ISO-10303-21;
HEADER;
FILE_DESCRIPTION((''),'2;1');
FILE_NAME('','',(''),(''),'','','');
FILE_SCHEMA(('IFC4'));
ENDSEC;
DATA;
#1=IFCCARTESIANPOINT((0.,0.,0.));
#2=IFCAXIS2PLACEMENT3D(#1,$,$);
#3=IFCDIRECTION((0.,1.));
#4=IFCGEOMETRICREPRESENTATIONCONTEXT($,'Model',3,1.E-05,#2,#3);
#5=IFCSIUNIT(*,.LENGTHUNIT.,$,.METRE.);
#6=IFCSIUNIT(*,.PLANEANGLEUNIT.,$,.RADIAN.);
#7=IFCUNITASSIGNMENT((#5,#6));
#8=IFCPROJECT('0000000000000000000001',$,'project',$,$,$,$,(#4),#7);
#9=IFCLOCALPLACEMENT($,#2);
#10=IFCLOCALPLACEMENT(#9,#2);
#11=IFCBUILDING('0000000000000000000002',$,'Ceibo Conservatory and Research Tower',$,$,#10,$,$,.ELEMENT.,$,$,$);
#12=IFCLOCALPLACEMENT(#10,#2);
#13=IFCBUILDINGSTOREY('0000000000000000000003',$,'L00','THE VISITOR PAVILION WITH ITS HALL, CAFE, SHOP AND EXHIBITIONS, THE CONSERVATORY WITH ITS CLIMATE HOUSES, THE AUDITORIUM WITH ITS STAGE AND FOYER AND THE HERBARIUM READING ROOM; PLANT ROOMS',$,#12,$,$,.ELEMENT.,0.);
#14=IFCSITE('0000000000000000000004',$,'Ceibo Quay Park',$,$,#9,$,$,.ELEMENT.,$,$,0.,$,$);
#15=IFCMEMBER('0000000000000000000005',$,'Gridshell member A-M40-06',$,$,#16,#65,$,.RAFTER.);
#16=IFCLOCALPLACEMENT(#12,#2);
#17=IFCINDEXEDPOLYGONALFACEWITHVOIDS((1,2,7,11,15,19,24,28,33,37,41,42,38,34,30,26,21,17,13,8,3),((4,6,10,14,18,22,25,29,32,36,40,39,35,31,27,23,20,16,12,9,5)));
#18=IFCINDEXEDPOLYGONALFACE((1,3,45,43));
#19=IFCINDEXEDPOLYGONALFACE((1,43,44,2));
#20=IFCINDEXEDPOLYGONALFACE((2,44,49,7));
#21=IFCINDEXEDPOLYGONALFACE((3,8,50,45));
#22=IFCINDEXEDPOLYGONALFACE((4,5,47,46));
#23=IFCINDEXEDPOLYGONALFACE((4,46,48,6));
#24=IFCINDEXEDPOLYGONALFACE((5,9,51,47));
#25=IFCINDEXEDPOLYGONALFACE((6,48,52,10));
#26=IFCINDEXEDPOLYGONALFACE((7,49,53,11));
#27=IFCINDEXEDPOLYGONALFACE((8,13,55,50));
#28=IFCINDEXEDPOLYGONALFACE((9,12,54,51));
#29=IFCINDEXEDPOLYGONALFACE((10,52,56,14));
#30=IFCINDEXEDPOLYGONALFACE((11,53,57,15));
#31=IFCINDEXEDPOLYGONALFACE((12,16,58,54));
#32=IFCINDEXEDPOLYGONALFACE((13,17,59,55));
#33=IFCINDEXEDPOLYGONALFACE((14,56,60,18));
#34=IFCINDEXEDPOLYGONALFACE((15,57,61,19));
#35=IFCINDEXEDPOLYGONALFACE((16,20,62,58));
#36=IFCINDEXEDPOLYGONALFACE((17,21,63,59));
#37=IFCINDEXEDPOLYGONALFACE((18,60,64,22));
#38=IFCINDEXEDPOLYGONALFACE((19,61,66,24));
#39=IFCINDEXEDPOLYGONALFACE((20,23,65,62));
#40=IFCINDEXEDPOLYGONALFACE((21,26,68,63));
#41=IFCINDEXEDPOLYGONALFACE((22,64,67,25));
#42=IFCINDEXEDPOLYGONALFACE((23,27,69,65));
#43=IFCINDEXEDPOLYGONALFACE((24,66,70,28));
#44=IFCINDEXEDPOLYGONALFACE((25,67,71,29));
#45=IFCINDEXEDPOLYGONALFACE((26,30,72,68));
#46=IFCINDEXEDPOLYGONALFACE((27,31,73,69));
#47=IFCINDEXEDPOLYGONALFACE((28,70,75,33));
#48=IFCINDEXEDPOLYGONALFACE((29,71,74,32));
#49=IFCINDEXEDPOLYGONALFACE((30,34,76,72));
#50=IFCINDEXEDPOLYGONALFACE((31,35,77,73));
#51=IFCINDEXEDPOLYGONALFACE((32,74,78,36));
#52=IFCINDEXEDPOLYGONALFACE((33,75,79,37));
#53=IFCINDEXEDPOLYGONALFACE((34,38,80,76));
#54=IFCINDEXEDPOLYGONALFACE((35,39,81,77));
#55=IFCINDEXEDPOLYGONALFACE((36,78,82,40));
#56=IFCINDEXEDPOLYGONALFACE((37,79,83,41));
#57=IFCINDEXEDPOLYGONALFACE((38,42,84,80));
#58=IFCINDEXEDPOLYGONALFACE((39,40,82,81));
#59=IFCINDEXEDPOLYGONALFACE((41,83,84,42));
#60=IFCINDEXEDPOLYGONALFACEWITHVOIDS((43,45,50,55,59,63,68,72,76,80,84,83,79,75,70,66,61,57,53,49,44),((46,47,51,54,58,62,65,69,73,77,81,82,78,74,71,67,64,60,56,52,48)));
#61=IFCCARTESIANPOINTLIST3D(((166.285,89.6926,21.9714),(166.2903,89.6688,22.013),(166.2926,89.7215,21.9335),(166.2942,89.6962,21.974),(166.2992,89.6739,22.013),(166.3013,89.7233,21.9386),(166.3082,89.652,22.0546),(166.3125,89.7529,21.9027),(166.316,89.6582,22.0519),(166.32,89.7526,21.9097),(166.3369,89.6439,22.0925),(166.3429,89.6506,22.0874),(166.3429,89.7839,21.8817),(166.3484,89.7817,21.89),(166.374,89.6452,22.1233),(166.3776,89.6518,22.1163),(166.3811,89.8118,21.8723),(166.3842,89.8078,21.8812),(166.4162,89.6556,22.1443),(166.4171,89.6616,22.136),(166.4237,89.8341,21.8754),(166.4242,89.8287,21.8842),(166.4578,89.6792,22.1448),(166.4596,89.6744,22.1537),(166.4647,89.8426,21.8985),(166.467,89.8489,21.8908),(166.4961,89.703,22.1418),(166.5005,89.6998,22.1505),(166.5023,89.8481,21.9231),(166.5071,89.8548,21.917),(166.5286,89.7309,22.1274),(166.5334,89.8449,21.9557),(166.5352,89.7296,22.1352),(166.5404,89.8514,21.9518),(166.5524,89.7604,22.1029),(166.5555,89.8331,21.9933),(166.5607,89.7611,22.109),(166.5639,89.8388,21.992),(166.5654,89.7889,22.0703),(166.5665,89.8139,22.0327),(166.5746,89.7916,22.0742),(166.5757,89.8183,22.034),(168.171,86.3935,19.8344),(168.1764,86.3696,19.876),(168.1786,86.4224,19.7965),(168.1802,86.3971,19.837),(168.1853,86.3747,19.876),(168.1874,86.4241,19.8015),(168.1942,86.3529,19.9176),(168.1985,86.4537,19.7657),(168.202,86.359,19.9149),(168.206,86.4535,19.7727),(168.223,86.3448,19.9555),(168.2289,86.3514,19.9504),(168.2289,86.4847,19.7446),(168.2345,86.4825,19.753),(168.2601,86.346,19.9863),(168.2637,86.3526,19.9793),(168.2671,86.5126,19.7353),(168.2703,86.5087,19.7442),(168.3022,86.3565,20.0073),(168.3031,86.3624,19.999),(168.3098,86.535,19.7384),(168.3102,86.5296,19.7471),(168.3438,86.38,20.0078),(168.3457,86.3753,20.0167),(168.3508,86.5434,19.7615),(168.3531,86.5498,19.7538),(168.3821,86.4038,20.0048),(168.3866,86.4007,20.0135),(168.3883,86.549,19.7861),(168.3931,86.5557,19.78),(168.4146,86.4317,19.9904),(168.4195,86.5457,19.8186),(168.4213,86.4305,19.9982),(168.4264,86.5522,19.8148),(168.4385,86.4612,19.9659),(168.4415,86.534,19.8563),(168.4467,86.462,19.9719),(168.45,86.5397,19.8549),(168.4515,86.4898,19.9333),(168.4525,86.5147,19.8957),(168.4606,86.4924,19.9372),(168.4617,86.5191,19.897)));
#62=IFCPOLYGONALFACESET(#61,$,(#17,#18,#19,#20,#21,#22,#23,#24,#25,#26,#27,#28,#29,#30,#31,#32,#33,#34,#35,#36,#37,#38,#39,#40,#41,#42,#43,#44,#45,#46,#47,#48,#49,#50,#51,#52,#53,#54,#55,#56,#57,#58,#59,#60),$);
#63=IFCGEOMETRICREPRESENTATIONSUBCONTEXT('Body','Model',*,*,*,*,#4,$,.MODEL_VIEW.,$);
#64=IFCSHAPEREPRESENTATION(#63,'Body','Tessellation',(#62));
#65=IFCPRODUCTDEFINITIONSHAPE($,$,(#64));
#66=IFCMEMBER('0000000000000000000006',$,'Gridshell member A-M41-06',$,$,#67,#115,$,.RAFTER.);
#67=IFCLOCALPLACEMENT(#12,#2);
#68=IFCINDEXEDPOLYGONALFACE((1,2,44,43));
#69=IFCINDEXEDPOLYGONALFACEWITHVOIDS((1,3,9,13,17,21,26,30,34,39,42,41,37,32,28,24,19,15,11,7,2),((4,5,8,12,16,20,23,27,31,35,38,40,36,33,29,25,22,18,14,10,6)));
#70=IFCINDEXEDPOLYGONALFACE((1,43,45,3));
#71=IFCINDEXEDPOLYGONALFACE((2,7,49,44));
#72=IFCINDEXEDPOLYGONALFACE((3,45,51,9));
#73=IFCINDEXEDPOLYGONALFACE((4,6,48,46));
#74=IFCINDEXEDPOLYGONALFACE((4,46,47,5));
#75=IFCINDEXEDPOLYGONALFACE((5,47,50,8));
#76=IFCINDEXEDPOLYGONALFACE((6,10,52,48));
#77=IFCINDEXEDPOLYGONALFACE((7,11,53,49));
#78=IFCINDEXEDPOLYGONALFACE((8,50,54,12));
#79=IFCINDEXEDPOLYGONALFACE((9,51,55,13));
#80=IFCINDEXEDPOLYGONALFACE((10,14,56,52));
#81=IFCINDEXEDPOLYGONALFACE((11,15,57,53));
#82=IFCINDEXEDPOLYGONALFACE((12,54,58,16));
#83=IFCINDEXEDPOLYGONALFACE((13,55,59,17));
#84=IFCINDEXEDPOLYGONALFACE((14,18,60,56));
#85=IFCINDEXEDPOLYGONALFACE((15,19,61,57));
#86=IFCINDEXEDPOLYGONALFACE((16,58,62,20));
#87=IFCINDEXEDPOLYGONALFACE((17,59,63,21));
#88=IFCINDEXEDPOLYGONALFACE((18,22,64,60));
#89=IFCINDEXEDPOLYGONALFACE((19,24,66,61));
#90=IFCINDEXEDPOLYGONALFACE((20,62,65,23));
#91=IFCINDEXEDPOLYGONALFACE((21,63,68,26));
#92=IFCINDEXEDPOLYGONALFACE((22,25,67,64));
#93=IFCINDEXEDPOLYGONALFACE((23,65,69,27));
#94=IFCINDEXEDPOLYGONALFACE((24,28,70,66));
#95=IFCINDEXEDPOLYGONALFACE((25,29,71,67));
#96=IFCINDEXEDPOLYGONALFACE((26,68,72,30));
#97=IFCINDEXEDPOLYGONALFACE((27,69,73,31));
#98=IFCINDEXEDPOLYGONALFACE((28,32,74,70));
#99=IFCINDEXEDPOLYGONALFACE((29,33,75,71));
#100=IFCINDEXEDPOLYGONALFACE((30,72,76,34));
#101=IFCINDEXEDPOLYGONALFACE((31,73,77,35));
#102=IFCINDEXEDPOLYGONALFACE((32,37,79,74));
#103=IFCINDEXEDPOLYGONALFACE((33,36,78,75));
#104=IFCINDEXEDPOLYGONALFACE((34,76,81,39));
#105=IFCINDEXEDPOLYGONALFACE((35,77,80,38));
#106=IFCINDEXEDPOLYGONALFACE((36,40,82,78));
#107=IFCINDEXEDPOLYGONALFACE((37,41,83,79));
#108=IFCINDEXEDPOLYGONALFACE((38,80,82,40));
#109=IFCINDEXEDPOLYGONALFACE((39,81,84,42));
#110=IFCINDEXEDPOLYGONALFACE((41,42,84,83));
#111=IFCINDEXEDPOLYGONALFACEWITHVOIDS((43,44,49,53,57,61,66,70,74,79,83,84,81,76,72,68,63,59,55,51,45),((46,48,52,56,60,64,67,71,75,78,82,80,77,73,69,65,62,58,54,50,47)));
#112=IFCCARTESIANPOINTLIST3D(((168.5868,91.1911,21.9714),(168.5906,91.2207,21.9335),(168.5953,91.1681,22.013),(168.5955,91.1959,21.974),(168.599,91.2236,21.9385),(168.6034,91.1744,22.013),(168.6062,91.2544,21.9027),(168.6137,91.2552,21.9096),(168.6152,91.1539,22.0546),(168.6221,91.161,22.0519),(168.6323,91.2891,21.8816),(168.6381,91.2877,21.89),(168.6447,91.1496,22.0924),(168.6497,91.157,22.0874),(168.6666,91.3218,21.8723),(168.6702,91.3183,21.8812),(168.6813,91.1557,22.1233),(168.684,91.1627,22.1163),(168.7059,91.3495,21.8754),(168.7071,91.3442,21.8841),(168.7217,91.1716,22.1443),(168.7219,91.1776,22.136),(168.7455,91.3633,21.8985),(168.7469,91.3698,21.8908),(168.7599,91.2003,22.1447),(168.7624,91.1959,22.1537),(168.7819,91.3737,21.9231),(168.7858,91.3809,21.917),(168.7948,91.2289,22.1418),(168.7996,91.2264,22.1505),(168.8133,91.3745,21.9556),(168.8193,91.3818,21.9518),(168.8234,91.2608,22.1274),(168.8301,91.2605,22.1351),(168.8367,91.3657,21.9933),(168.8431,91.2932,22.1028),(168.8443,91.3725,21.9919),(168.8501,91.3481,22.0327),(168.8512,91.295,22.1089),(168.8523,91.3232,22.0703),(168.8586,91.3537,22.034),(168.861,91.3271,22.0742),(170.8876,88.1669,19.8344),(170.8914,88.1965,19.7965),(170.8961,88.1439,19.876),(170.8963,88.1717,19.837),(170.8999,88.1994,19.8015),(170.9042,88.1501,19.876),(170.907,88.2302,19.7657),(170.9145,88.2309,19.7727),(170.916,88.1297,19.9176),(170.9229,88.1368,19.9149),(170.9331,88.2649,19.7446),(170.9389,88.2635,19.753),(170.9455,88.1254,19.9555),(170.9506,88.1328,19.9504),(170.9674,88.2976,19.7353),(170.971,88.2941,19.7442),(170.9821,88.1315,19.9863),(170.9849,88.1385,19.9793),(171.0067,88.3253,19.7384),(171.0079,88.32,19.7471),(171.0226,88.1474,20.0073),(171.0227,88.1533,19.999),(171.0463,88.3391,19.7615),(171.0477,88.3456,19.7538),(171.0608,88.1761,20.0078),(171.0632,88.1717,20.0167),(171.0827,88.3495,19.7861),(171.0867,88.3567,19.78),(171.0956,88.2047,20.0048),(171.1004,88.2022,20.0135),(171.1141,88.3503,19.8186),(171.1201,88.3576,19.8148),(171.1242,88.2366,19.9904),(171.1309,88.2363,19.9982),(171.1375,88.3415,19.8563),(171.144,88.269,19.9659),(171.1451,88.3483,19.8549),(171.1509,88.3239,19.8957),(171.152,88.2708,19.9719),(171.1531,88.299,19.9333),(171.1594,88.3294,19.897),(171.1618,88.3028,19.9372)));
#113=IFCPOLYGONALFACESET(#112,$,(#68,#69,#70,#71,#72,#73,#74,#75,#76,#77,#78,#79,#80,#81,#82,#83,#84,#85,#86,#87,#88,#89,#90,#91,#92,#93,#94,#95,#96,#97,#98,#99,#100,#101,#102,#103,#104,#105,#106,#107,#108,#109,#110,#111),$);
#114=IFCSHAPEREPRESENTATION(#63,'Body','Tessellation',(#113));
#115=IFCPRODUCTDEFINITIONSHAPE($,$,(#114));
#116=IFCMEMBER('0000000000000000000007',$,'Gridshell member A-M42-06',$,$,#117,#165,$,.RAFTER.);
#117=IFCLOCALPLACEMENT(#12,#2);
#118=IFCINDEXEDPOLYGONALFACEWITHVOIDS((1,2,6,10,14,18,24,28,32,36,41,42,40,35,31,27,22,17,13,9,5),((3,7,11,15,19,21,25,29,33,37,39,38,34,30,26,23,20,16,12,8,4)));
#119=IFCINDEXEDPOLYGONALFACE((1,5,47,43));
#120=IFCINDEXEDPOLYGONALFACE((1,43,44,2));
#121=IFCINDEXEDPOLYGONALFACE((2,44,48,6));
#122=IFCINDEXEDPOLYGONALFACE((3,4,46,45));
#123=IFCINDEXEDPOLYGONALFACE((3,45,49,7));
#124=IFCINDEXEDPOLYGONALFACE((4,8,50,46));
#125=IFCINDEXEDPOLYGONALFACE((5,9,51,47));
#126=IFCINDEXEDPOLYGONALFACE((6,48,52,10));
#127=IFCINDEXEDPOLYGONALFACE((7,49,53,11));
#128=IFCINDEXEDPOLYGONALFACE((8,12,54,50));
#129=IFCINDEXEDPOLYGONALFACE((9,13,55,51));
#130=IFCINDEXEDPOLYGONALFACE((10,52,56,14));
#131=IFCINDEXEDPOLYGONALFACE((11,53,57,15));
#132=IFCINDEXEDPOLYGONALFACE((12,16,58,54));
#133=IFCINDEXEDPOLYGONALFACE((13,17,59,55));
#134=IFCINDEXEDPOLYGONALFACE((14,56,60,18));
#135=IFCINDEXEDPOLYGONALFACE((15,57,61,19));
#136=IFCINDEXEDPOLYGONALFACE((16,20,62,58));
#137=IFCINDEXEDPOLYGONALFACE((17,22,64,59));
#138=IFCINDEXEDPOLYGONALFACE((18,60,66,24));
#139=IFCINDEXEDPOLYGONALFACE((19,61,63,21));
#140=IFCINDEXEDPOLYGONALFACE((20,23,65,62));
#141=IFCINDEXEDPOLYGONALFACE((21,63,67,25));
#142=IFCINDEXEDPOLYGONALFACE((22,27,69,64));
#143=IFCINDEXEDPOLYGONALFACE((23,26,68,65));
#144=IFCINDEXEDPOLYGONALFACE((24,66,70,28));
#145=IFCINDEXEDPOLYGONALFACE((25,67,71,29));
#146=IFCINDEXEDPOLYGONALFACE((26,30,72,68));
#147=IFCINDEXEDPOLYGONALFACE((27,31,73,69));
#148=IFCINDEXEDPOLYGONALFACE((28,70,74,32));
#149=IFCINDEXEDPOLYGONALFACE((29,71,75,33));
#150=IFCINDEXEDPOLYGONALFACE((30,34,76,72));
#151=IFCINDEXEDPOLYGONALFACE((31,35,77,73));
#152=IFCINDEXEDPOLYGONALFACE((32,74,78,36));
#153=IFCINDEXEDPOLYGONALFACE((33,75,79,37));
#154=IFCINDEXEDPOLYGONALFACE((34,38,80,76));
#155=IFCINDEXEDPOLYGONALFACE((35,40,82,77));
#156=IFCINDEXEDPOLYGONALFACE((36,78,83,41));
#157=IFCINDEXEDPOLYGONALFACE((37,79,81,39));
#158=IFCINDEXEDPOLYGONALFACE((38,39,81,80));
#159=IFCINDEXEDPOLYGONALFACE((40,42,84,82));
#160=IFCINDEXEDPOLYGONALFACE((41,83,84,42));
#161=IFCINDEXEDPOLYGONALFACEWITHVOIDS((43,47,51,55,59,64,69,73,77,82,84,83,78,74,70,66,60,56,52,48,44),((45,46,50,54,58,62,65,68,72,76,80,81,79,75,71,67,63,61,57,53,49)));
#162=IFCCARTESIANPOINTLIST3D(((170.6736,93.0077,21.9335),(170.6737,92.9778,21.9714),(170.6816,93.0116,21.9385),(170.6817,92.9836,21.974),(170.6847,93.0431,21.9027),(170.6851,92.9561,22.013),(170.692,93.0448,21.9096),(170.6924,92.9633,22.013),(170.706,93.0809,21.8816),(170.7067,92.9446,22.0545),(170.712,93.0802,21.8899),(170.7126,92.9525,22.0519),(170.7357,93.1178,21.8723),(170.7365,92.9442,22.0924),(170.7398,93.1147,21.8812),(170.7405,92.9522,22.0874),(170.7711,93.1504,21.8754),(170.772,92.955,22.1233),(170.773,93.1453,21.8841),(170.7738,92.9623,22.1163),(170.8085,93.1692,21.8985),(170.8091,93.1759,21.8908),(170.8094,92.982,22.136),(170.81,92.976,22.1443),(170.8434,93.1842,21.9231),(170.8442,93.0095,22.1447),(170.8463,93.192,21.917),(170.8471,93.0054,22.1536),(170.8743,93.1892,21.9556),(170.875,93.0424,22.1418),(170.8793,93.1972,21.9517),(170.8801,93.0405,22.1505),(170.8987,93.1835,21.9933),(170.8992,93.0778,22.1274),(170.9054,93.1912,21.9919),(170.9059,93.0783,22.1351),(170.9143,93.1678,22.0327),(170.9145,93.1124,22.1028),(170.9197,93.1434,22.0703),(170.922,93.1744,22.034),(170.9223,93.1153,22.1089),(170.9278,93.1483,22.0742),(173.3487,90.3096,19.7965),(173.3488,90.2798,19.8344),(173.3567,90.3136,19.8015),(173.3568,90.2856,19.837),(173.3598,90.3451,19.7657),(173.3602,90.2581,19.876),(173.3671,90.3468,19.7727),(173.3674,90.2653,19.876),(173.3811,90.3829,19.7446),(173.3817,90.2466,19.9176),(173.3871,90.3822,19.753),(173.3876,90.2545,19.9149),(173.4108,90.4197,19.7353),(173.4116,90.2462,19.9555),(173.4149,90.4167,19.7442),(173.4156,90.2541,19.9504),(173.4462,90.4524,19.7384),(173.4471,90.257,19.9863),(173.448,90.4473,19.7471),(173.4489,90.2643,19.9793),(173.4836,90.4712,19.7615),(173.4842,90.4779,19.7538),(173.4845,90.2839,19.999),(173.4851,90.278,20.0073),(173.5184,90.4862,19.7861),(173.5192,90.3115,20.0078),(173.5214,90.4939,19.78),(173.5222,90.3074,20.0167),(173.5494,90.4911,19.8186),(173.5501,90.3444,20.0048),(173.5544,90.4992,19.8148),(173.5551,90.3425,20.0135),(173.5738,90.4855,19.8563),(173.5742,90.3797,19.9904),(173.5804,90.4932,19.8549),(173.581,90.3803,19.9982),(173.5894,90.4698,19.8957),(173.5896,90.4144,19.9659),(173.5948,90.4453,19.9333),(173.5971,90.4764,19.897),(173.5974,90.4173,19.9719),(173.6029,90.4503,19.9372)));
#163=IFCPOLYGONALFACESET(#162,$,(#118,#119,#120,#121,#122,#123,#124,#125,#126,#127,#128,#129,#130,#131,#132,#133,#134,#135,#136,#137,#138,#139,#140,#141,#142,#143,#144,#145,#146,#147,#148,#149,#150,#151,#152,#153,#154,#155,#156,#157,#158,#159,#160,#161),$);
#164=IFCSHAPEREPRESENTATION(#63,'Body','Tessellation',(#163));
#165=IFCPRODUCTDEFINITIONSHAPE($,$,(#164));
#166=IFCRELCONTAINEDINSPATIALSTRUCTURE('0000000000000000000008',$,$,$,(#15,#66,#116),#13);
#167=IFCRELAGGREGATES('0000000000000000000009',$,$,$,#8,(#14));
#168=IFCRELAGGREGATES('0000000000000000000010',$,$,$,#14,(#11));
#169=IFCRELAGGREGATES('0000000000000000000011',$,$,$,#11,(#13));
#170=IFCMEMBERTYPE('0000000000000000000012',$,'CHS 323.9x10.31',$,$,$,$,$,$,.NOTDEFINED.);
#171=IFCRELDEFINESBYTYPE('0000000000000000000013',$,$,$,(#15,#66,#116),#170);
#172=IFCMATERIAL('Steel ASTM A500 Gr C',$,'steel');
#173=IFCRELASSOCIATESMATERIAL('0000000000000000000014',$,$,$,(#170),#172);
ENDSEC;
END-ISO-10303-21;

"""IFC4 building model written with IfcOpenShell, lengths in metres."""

from ifc_helpers import new_model, si_unit, direction, frame, origin, origin_2d, place, context, subcontext, project, spatial, hollow_circle, extrude, material, material_profile, profile_set, type_object, element, save


model = new_model("IFC4")

# Units and contexts
model_context = context("Model", 3, precision=1e-05, world=origin(), true_north=direction((0.0, 1.0)))
body_context = subcontext(model_context, "Body", "Model", "MODEL_VIEW")
ifc_project = project(units=[si_unit("LENGTHUNIT", "METRE"), si_unit("PLANEANGLEUNIT", "RADIAN")], contexts=[model_context])

# Site, building, storey
site_placement = place(None, origin())
site = spatial("IfcSite", under=ifc_project, at=site_placement, Name="Ceibo Quay Park", CompositionType="ELEMENT", RefElevation=0.0)
building_placement = place(site_placement, origin())
building = spatial("IfcBuilding", under=site, at=building_placement, Name="Ceibo Conservatory and Research Tower", CompositionType="ELEMENT")
storey_placement = place(building_placement, origin())
storey = spatial("IfcBuildingStorey", under=building, at=storey_placement, Name="L00", Description="THE VISITOR PAVILION WITH ITS HALL, CAFE, SHOP AND EXHIBITIONS, THE CONSERVATORY WITH ITS CLIMATE HOUSES, THE AUDITORIUM WITH ITS STAGE AND FOYER AND THE HERBARIUM READING ROOM; PLANT ROOMS", CompositionType="ELEMENT", Elevation=0.0)

# Members
ifc_material_1 = material(Name="Steel ASTM A500 Gr C", Category="steel")
ifc_material_profile_1 = material_profile(ifc_material_1, hollow_circle(Radius=0.1619, WallThickness=0.0103, at=origin_2d()), Name="CHS 323.9x10.31")
ifc_profile_set_1 = profile_set([ifc_material_profile_1], Name="Steel ASTM A500 Gr C")
member_type_1 = type_object("IfcMemberType", Name="CHS 323.9x10.31", PredefinedType="NOTDEFINED", material=ifc_profile_set_1)
member_1_placement = place(storey_placement, frame((168.3169, 86.45, 19.876), z_axis=(-0.43259, 0.756711, 0.490157), x_axis=(-0.868152, -0.496298, 0.0)))
element("IfcMember", 1, at=member_1_placement, inside=storey, type_object=member_type_1, Name="Gridshell member A-M40-06", PredefinedType="RAFTER", context=body_context, shape_type="SweptSolid", body=[
    extrude(hollow_circle(Radius=0.1619, WallThickness=0.0103, at=origin_2d()), origin(), (0.0, 0.0, 1.0), 4.3599),
])
member_2_placement = place(storey_placement, frame((171.0249, 88.2419, 19.876), z_axis=(-0.527755, 0.693686, 0.490178), x_axis=(-0.795856, -0.605486, 0.0)))
element("IfcMember", 2, at=member_2_placement, inside=storey, type_object=member_type_1, Name="Gridshell member A-M41-06", PredefinedType="RAFTER", context=body_context, shape_type="SweptSolid", body=[
    extrude(hollow_circle(Radius=0.1619, WallThickness=0.0103, at=origin_2d()), origin(), (0.0, 0.0, 1.0), 4.3596),
])
member_3_placement = place(storey_placement, frame((173.4751, 90.3721, 19.876), z_axis=(-0.613671, 0.618936, 0.490231), x_axis=(-0.71012, -0.70408, 0.0)))
element("IfcMember", 3, at=member_3_placement, inside=storey, type_object=member_type_1, Name="Gridshell member A-M42-06", PredefinedType="RAFTER", context=body_context, shape_type="SweptSolid", body=[
    extrude(hollow_circle(Radius=0.1619, WallThickness=0.0103, at=origin_2d()), origin(), (0.0, 0.0, 1.0), 4.3591),
])

save(model, "model.ifc")
